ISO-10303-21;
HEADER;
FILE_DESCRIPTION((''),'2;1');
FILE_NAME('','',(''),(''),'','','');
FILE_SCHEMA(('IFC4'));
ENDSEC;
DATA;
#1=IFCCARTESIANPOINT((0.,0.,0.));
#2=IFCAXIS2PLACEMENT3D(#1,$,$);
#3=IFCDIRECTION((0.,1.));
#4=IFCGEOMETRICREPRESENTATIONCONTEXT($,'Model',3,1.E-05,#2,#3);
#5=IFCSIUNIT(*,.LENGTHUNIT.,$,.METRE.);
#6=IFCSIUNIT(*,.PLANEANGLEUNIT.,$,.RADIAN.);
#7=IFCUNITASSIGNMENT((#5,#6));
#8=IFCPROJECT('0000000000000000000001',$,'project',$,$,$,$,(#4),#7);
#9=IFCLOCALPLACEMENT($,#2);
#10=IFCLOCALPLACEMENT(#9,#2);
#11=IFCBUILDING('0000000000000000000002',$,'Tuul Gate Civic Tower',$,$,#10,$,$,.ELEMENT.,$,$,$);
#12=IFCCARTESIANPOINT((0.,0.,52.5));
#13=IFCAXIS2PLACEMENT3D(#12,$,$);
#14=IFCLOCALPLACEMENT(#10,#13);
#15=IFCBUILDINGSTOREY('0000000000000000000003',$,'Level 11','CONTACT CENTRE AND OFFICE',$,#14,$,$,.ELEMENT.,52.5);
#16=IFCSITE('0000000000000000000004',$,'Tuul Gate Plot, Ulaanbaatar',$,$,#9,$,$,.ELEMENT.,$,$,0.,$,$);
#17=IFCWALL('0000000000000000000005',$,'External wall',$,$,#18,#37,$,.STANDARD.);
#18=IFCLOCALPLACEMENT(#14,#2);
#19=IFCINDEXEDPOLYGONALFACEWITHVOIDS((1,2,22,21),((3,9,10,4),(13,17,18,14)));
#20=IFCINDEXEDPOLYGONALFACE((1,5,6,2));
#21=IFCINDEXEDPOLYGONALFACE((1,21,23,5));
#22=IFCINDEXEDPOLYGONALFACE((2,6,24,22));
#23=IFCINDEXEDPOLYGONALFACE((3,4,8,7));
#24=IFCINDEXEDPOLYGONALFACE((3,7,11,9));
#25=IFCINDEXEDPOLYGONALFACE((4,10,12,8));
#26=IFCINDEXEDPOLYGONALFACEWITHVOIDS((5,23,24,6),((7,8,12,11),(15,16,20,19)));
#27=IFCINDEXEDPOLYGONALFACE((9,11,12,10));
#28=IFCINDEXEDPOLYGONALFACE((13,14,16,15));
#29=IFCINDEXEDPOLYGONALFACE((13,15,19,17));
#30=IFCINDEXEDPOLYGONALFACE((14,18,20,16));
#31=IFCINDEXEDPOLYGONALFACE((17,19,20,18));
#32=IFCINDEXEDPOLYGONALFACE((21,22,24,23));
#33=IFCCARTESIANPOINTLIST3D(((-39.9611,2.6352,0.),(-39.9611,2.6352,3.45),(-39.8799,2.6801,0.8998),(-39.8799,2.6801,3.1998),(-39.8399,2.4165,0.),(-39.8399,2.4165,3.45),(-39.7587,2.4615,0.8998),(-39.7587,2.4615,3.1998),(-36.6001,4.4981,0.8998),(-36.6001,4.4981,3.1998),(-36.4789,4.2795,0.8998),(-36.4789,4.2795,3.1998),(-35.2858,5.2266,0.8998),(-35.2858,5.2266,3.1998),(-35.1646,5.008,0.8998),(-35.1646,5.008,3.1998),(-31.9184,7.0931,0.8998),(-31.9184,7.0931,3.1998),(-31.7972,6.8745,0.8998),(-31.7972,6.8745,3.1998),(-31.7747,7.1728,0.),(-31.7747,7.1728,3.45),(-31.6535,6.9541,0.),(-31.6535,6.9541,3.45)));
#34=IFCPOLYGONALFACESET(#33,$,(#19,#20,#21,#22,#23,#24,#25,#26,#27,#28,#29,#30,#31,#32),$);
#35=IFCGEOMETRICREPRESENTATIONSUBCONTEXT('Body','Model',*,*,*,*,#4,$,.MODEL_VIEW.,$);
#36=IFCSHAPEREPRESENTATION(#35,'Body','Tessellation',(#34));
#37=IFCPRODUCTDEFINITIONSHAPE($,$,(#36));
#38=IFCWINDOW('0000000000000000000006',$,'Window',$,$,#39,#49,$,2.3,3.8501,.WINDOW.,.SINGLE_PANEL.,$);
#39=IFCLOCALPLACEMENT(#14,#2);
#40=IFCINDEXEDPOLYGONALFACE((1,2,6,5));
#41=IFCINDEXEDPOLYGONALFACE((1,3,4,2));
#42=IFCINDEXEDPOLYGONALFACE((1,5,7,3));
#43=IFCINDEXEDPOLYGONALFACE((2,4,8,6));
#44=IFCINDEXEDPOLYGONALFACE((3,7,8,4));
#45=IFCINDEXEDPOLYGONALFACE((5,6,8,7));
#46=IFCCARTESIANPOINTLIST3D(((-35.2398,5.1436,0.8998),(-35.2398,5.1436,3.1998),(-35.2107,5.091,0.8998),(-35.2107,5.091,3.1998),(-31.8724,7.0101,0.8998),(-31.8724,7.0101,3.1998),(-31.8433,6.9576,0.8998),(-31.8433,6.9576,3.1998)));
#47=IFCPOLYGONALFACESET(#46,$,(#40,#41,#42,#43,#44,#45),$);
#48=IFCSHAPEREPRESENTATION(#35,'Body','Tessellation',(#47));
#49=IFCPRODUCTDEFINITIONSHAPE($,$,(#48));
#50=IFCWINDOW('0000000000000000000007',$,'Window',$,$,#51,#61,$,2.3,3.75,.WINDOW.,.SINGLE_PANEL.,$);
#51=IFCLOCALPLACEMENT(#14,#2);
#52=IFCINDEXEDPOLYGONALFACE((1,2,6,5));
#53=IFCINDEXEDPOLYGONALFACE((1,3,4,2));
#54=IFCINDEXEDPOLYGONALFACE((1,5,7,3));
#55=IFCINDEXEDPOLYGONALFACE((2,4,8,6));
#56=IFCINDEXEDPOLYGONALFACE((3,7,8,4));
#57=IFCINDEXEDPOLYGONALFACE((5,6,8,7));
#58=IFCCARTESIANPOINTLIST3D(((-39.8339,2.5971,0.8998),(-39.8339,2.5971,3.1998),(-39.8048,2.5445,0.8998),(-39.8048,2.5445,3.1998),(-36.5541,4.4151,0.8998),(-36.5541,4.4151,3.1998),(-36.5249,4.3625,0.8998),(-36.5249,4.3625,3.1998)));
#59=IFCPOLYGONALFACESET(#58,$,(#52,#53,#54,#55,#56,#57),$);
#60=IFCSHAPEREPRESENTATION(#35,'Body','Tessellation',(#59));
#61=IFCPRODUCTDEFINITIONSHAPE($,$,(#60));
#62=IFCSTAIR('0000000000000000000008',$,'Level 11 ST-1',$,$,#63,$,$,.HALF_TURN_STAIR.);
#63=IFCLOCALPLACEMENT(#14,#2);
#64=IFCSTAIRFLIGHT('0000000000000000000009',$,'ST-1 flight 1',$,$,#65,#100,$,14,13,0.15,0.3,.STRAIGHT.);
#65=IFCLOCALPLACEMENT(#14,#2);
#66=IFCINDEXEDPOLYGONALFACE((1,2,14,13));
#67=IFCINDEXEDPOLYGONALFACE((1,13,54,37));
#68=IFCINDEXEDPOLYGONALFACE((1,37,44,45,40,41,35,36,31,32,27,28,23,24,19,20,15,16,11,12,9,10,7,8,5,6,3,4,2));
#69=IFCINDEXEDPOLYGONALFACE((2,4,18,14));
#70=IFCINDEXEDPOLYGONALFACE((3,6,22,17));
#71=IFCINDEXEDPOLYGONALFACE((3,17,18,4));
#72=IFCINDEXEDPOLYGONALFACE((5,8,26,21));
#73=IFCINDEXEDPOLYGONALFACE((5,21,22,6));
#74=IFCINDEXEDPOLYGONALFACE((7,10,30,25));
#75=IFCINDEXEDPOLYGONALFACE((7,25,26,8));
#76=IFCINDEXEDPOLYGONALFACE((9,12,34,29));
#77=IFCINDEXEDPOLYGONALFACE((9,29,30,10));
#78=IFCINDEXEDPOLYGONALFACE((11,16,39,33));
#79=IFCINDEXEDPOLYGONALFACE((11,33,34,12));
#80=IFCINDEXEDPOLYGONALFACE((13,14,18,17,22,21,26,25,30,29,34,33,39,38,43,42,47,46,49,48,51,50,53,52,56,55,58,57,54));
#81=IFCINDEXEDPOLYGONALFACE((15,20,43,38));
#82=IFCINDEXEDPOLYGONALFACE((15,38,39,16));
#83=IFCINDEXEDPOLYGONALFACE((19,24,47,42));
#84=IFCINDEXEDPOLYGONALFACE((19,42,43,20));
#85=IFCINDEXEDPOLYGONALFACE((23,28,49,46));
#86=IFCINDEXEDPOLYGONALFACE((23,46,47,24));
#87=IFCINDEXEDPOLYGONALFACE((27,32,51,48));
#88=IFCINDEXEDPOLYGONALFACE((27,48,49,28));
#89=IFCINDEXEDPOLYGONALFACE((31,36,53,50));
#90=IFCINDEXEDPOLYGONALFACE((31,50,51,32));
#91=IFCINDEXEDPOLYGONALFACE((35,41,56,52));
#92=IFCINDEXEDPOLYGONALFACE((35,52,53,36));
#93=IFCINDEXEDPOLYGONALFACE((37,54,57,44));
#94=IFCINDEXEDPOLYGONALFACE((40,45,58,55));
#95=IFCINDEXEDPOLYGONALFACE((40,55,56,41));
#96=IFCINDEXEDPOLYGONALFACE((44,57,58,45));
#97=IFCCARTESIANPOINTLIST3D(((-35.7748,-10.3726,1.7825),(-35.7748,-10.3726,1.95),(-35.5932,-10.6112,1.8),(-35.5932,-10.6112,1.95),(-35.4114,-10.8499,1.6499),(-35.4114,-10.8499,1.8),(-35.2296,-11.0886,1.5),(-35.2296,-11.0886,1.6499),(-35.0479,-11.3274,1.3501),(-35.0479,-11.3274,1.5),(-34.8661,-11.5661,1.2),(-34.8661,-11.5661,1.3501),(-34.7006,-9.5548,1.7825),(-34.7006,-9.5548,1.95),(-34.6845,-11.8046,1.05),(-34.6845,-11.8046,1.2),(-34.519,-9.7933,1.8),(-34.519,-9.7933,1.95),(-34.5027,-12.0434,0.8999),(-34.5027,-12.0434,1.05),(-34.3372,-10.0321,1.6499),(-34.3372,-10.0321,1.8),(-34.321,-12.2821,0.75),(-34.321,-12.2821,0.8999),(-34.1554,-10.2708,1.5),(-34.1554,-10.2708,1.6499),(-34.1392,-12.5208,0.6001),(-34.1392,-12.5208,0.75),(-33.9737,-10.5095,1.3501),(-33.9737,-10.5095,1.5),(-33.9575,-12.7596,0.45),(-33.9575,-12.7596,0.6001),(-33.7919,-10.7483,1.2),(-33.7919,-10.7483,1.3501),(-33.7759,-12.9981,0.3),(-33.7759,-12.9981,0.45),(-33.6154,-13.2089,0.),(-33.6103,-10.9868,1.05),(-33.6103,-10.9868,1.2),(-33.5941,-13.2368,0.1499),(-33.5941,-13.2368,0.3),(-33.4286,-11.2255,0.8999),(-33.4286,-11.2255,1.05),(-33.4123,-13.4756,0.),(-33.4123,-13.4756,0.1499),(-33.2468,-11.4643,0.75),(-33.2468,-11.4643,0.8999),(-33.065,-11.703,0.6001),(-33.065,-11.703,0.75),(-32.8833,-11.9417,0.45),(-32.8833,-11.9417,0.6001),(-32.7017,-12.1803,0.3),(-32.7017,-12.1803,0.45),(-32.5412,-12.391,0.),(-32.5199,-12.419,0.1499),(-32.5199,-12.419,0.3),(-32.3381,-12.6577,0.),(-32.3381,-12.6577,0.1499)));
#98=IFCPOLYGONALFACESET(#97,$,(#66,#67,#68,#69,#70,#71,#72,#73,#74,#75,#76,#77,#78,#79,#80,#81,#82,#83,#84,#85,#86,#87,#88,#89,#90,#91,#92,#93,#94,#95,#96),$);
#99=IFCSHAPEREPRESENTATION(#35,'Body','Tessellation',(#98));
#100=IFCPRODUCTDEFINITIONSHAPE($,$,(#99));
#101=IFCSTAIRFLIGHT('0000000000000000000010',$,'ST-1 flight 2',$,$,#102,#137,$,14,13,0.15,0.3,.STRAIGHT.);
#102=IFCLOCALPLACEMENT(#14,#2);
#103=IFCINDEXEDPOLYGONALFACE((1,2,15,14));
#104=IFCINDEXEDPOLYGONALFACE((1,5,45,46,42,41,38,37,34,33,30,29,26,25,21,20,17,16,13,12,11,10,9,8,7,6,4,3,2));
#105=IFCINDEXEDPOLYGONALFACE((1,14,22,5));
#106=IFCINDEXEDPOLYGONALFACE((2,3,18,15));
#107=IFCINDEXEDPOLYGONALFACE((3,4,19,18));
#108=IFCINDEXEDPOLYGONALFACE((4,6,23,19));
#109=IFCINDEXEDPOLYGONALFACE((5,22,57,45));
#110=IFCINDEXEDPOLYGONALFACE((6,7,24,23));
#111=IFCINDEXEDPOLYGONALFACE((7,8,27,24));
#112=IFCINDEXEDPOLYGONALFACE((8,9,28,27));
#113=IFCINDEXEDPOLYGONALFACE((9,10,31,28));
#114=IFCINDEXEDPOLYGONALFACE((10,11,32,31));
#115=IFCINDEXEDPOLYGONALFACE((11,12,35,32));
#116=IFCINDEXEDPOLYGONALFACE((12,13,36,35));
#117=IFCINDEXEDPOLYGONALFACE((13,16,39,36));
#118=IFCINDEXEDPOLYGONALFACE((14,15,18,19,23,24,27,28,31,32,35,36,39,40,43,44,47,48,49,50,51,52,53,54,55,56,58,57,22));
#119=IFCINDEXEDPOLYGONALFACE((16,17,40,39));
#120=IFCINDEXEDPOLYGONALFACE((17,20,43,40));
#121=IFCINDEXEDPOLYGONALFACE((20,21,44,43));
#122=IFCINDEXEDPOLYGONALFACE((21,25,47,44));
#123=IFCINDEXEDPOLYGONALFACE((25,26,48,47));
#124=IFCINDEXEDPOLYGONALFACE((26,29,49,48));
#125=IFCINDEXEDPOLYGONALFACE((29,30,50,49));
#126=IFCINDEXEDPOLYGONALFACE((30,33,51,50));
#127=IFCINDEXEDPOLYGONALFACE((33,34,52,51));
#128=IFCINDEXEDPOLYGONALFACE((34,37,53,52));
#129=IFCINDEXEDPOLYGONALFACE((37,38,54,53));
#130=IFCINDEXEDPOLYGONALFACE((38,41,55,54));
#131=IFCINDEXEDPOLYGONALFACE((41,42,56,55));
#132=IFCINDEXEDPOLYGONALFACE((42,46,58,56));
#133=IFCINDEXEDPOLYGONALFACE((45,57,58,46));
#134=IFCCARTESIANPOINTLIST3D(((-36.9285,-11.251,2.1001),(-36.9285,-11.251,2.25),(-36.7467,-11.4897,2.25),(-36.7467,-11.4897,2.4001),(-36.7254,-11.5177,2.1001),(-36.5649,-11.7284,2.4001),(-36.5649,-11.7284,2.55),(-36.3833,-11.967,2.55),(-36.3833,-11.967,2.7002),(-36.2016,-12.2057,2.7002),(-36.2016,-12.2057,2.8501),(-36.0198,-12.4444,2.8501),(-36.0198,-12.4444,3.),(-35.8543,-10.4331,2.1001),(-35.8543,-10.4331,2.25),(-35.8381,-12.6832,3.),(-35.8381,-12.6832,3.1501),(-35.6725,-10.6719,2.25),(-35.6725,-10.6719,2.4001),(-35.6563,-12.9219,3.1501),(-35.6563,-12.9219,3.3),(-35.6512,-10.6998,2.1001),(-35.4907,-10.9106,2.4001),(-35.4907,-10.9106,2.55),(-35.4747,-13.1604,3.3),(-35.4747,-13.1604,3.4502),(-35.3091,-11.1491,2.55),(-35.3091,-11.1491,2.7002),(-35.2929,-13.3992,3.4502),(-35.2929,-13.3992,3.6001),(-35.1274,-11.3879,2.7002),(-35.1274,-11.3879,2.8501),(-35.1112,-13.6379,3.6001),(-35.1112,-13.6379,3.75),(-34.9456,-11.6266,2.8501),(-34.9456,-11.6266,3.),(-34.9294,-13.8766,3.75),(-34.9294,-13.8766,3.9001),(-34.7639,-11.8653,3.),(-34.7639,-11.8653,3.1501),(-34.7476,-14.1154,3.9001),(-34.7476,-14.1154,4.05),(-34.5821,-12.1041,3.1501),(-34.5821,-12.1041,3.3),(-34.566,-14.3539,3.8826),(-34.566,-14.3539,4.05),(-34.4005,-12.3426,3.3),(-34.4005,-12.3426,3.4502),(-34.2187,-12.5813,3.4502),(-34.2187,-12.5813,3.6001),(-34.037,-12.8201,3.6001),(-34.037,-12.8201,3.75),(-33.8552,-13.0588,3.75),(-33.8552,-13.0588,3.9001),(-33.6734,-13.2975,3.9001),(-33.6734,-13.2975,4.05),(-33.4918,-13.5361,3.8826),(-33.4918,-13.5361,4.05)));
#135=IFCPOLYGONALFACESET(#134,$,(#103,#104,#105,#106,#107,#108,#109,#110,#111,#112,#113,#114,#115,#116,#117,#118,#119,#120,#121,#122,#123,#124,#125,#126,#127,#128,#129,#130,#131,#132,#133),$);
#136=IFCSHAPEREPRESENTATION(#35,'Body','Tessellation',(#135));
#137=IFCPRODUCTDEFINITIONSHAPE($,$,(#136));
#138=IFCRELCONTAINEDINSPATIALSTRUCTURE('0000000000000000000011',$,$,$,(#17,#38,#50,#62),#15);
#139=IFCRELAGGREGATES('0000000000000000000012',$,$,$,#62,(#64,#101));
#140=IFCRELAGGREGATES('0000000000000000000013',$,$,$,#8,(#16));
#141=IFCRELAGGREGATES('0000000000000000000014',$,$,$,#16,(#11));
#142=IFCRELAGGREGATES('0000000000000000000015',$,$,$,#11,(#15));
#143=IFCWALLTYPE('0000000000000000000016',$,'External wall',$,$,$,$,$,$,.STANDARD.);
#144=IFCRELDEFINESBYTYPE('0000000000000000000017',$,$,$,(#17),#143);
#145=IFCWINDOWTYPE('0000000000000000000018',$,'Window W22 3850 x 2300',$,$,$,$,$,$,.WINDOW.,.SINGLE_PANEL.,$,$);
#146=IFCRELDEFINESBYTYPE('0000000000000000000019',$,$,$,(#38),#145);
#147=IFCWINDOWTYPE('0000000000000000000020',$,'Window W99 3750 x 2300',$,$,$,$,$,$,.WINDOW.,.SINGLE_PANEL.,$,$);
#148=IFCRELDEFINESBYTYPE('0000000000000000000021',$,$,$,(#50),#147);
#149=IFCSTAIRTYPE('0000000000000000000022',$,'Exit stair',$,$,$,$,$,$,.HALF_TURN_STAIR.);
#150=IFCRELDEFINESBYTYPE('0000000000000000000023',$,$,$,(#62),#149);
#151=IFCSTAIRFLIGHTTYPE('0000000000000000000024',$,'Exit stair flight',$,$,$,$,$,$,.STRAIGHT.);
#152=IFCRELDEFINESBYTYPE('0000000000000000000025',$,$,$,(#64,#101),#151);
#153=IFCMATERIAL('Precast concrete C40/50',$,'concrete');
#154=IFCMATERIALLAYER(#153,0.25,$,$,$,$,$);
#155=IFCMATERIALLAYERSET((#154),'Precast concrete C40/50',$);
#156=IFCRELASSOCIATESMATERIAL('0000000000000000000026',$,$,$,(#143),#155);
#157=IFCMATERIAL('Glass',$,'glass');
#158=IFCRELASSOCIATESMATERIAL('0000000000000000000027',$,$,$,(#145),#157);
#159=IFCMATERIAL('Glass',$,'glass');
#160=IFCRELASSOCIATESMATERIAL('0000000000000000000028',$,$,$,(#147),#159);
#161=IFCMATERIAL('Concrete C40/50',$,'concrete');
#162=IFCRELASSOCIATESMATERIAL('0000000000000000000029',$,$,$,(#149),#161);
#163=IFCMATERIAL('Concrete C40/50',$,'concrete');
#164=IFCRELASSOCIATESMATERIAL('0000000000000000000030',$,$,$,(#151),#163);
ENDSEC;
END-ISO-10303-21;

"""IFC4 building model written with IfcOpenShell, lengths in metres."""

from ifc_helpers import new_model, si_unit, direction, frame, frame_2d, origin, place, context, subcontext, project, spatial, polyline, rectangle, outline, extrude, material, layer, layer_set, type_object, element, fill, aggregate, save


model = new_model("IFC4")

# Units and contexts
model_context = context("Model", 3, precision=1e-05, world=origin(), true_north=direction((0.0, 1.0)))
body_context = subcontext(model_context, "Body", "Model", "MODEL_VIEW")
ifc_project = project(units=[si_unit("LENGTHUNIT", "METRE"), si_unit("PLANEANGLEUNIT", "RADIAN")], contexts=[model_context])

# Site, building, storey
site_placement = place(None, origin())
site = spatial("IfcSite", under=ifc_project, at=site_placement, Name="Tuul Gate Plot, Ulaanbaatar", CompositionType="ELEMENT", RefElevation=0.0)
building_placement = place(site_placement, origin())
building = spatial("IfcBuilding", under=site, at=building_placement, Name="Tuul Gate Civic Tower", CompositionType="ELEMENT")
storey_placement = place(building_placement, frame((0.0, 0.0, 52.5)))
storey = spatial("IfcBuildingStorey", under=building, at=storey_placement, Name="Level 11", Description="CONTACT CENTRE AND OFFICE", CompositionType="ELEMENT", Elevation=52.5)

# Wall, openings, windows
ifc_material_1 = material(Name="Precast concrete C40/50", Category="concrete")
ifc_layer_1 = layer(ifc_material_1, 0.25)
ifc_layer_set_1 = layer_set([ifc_layer_1], Name="Precast concrete C40/50")
wall_type_1 = type_object("IfcWallType", Name="External wall", PredefinedType="STANDARD", material=ifc_layer_set_1)
wall_1_placement = place(storey_placement, frame((-31.7141, 7.0635, 0.0), z_axis=(0.0, 0.0, 1.0), x_axis=(-0.874626, -0.484799, 0.0)))
wall_1 = element("IfcWall", 1, at=wall_1_placement, inside=storey, type_object=wall_type_1, Name="External wall", PredefinedType="STANDARD", context=body_context, shape_type="SweptSolid", body=[
    extrude(rectangle(XDim=9.3599, YDim=0.25, at=frame_2d((4.6799, 0.0))), origin(), (0.0, 0.0, 1.0), 3.45),
])
opening_1_placement = place(wall_1_placement, frame((0.1643, 0.0, 0.8999)))
opening_1 = element("IfcOpeningElement", 2, at=opening_1_placement, cuts=wall_1, PredefinedType="OPENING", context=body_context, shape_type="SweptSolid", body=[
    extrude(rectangle(XDim=3.8501, YDim=2.3, at=frame_2d((1.925, 1.1499))), frame((0.0, 0.135, 0.0), z_axis=(0.0, -1.0, 0.0), x_axis=(1.0, 0.0, 0.0)), (0.0, 0.0, 1.0), 0.27),
])
opening_2_placement = place(wall_1_placement, frame((5.5171, 0.0, 0.8999)))
opening_2 = element("IfcOpeningElement", 3, at=opening_2_placement, cuts=wall_1, PredefinedType="OPENING", context=body_context, shape_type="SweptSolid", body=[
    extrude(rectangle(XDim=3.75, YDim=2.3, at=frame_2d((1.875, 1.1499))), frame((0.0, 0.135, 0.0), z_axis=(0.0, -1.0, 0.0), x_axis=(1.0, 0.0, 0.0)), (0.0, 0.0, 1.0), 0.27),
])
ifc_material_2 = material(Name="Glass", Category="glass")
window_type_1 = type_object("IfcWindowType", Name="Window W22 3850 x 2300", PartitioningType="SINGLE_PANEL", PredefinedType="WINDOW", material=ifc_material_2)
window_1_placement = place(opening_1_placement, origin())
window_1 = element("IfcWindow", 4, at=window_1_placement, inside=storey, type_object=window_type_1, Name="Window", OverallHeight=2.3, OverallWidth=3.8501, PartitioningType="SINGLE_PANEL", PredefinedType="WINDOW", context=body_context, shape_type="SweptSolid", body=[
    extrude(rectangle(XDim=3.8501, YDim=2.3, at=frame_2d((1.925, 1.1499))), frame((0.0, 0.03, 0.0), z_axis=(0.0, -1.0, 0.0), x_axis=(1.0, 0.0, 0.0)), (0.0, 0.0, 1.0), 0.0601),
])
fill(opening_1, window_1)
ifc_material_3 = material(Name="Glass", Category="glass")
window_type_2 = type_object("IfcWindowType", Name="Window W99 3750 x 2300", PartitioningType="SINGLE_PANEL", PredefinedType="WINDOW", material=ifc_material_3)
window_2_placement = place(opening_2_placement, origin())
window_2 = element("IfcWindow", 5, at=window_2_placement, inside=storey, type_object=window_type_2, Name="Window", OverallHeight=2.3, OverallWidth=3.75, PartitioningType="SINGLE_PANEL", PredefinedType="WINDOW", context=body_context, shape_type="SweptSolid", body=[
    extrude(rectangle(XDim=3.75, YDim=2.3, at=frame_2d((1.875, 1.1499))), frame((0.0, 0.03, 0.0), z_axis=(0.0, -1.0, 0.0), x_axis=(1.0, 0.0, 0.0)), (0.0, 0.0, 1.0), 0.0601),
])
fill(opening_2, window_2)

# Stair, stair flights
ifc_material_4 = material(Name="Concrete C40/50", Category="concrete")
stair_type = type_object("IfcStairType", Name="Exit stair", PredefinedType="HALF_TURN_STAIR", material=ifc_material_4)
stair_placement = place(storey_placement, origin())
stair = element("IfcStair", 6, at=stair_placement, inside=storey, type_object=stair_type, Name="Level 11 ST-1", PredefinedType="HALF_TURN_STAIR")
ifc_material_5 = material(Name="Concrete C40/50", Category="concrete")
stair_flight_type = type_object("IfcStairFlightType", Name="Exit stair flight", PredefinedType="STRAIGHT", material=ifc_material_5)
stair_flight_1_placement = place(storey_placement, frame((-32.8752, -13.0667, 0.0), z_axis=(0.0, 0.0, 1.0), x_axis=(-0.605764, 0.795644, 0.0)))
stair_flight_1 = element("IfcStairFlight", 7, at=stair_flight_1_placement, type_object=stair_flight_type, Name="ST-1 flight 1", NumberOfRisers=14, NumberOfTreads=13, PredefinedType="STRAIGHT", RiserHeight=0.15, TreadLength=0.3, context=body_context, shape_type="SweptSolid", body=[
    extrude(outline(polyline([(0.0, 0.0), (0.0, 0.1499), (0.3, 0.1499), (0.3, 0.3), (0.6001, 0.3), (0.6001, 0.45), (0.8999, 0.45), (0.8999, 0.6001), (1.2, 0.6001), (1.2, 0.75), (1.5, 0.75), (1.5, 0.8999), (1.8, 0.8999), (1.8, 1.05), (2.1001, 1.05), (2.1001, 1.2), (2.3999, 1.2), (2.3999, 1.3501), (2.7, 1.3501), (2.7, 1.5), (3.0, 1.5), (3.0, 1.6499), (3.3, 1.6499), (3.3, 1.8), (3.6001, 1.8), (3.6001, 1.95), (3.8999, 1.95), (3.8999, 2.1001), (3.8999, 1.7825), (0.3352, 0.0), (0.0, 0.0)])), frame((0.0, 0.675, 0.0), z_axis=(0.0, -1.0, 0.0), x_axis=(1.0, 0.0, 0.0)), (0.0, 0.0, 1.0), 1.3501),
])
stair_flight_2_placement = place(storey_placement, frame((-36.3914, -10.842, 2.1001), z_axis=(0.0, 0.0, 1.0), x_axis=(0.605764, -0.795644, 0.0)))
stair_flight_2 = element("IfcStairFlight", 8, at=stair_flight_2_placement, type_object=stair_flight_type, Name="ST-1 flight 2", NumberOfRisers=14, NumberOfTreads=13, PredefinedType="STRAIGHT", RiserHeight=0.15, TreadLength=0.3, context=body_context, shape_type="SweptSolid", body=[
    extrude(outline(polyline([(0.0, 0.0), (0.0, 0.1499), (0.3, 0.1499), (0.3, 0.3), (0.6001, 0.3), (0.6001, 0.45), (0.8999, 0.45), (0.8999, 0.6001), (1.2, 0.6001), (1.2, 0.75), (1.5, 0.75), (1.5, 0.8999), (1.8, 0.8999), (1.8, 1.05), (2.1001, 1.05), (2.1001, 1.2), (2.3999, 1.2), (2.3999, 1.3501), (2.7, 1.3501), (2.7, 1.5), (3.0, 1.5), (3.0, 1.6499), (3.3, 1.6499), (3.3, 1.8), (3.6001, 1.8), (3.6001, 1.95), (3.8999, 1.95), (3.8999, 2.1001), (3.8999, 1.7825), (0.3352, 0.0), (0.0, 0.0)])), frame((0.0, 0.675, 0.0), z_axis=(0.0, -1.0, 0.0), x_axis=(1.0, 0.0, 0.0)), (0.0, 0.0, 1.0), 1.3501),
])
aggregate(stair, [stair_flight_1, stair_flight_2])

save(model, "model.ifc")
